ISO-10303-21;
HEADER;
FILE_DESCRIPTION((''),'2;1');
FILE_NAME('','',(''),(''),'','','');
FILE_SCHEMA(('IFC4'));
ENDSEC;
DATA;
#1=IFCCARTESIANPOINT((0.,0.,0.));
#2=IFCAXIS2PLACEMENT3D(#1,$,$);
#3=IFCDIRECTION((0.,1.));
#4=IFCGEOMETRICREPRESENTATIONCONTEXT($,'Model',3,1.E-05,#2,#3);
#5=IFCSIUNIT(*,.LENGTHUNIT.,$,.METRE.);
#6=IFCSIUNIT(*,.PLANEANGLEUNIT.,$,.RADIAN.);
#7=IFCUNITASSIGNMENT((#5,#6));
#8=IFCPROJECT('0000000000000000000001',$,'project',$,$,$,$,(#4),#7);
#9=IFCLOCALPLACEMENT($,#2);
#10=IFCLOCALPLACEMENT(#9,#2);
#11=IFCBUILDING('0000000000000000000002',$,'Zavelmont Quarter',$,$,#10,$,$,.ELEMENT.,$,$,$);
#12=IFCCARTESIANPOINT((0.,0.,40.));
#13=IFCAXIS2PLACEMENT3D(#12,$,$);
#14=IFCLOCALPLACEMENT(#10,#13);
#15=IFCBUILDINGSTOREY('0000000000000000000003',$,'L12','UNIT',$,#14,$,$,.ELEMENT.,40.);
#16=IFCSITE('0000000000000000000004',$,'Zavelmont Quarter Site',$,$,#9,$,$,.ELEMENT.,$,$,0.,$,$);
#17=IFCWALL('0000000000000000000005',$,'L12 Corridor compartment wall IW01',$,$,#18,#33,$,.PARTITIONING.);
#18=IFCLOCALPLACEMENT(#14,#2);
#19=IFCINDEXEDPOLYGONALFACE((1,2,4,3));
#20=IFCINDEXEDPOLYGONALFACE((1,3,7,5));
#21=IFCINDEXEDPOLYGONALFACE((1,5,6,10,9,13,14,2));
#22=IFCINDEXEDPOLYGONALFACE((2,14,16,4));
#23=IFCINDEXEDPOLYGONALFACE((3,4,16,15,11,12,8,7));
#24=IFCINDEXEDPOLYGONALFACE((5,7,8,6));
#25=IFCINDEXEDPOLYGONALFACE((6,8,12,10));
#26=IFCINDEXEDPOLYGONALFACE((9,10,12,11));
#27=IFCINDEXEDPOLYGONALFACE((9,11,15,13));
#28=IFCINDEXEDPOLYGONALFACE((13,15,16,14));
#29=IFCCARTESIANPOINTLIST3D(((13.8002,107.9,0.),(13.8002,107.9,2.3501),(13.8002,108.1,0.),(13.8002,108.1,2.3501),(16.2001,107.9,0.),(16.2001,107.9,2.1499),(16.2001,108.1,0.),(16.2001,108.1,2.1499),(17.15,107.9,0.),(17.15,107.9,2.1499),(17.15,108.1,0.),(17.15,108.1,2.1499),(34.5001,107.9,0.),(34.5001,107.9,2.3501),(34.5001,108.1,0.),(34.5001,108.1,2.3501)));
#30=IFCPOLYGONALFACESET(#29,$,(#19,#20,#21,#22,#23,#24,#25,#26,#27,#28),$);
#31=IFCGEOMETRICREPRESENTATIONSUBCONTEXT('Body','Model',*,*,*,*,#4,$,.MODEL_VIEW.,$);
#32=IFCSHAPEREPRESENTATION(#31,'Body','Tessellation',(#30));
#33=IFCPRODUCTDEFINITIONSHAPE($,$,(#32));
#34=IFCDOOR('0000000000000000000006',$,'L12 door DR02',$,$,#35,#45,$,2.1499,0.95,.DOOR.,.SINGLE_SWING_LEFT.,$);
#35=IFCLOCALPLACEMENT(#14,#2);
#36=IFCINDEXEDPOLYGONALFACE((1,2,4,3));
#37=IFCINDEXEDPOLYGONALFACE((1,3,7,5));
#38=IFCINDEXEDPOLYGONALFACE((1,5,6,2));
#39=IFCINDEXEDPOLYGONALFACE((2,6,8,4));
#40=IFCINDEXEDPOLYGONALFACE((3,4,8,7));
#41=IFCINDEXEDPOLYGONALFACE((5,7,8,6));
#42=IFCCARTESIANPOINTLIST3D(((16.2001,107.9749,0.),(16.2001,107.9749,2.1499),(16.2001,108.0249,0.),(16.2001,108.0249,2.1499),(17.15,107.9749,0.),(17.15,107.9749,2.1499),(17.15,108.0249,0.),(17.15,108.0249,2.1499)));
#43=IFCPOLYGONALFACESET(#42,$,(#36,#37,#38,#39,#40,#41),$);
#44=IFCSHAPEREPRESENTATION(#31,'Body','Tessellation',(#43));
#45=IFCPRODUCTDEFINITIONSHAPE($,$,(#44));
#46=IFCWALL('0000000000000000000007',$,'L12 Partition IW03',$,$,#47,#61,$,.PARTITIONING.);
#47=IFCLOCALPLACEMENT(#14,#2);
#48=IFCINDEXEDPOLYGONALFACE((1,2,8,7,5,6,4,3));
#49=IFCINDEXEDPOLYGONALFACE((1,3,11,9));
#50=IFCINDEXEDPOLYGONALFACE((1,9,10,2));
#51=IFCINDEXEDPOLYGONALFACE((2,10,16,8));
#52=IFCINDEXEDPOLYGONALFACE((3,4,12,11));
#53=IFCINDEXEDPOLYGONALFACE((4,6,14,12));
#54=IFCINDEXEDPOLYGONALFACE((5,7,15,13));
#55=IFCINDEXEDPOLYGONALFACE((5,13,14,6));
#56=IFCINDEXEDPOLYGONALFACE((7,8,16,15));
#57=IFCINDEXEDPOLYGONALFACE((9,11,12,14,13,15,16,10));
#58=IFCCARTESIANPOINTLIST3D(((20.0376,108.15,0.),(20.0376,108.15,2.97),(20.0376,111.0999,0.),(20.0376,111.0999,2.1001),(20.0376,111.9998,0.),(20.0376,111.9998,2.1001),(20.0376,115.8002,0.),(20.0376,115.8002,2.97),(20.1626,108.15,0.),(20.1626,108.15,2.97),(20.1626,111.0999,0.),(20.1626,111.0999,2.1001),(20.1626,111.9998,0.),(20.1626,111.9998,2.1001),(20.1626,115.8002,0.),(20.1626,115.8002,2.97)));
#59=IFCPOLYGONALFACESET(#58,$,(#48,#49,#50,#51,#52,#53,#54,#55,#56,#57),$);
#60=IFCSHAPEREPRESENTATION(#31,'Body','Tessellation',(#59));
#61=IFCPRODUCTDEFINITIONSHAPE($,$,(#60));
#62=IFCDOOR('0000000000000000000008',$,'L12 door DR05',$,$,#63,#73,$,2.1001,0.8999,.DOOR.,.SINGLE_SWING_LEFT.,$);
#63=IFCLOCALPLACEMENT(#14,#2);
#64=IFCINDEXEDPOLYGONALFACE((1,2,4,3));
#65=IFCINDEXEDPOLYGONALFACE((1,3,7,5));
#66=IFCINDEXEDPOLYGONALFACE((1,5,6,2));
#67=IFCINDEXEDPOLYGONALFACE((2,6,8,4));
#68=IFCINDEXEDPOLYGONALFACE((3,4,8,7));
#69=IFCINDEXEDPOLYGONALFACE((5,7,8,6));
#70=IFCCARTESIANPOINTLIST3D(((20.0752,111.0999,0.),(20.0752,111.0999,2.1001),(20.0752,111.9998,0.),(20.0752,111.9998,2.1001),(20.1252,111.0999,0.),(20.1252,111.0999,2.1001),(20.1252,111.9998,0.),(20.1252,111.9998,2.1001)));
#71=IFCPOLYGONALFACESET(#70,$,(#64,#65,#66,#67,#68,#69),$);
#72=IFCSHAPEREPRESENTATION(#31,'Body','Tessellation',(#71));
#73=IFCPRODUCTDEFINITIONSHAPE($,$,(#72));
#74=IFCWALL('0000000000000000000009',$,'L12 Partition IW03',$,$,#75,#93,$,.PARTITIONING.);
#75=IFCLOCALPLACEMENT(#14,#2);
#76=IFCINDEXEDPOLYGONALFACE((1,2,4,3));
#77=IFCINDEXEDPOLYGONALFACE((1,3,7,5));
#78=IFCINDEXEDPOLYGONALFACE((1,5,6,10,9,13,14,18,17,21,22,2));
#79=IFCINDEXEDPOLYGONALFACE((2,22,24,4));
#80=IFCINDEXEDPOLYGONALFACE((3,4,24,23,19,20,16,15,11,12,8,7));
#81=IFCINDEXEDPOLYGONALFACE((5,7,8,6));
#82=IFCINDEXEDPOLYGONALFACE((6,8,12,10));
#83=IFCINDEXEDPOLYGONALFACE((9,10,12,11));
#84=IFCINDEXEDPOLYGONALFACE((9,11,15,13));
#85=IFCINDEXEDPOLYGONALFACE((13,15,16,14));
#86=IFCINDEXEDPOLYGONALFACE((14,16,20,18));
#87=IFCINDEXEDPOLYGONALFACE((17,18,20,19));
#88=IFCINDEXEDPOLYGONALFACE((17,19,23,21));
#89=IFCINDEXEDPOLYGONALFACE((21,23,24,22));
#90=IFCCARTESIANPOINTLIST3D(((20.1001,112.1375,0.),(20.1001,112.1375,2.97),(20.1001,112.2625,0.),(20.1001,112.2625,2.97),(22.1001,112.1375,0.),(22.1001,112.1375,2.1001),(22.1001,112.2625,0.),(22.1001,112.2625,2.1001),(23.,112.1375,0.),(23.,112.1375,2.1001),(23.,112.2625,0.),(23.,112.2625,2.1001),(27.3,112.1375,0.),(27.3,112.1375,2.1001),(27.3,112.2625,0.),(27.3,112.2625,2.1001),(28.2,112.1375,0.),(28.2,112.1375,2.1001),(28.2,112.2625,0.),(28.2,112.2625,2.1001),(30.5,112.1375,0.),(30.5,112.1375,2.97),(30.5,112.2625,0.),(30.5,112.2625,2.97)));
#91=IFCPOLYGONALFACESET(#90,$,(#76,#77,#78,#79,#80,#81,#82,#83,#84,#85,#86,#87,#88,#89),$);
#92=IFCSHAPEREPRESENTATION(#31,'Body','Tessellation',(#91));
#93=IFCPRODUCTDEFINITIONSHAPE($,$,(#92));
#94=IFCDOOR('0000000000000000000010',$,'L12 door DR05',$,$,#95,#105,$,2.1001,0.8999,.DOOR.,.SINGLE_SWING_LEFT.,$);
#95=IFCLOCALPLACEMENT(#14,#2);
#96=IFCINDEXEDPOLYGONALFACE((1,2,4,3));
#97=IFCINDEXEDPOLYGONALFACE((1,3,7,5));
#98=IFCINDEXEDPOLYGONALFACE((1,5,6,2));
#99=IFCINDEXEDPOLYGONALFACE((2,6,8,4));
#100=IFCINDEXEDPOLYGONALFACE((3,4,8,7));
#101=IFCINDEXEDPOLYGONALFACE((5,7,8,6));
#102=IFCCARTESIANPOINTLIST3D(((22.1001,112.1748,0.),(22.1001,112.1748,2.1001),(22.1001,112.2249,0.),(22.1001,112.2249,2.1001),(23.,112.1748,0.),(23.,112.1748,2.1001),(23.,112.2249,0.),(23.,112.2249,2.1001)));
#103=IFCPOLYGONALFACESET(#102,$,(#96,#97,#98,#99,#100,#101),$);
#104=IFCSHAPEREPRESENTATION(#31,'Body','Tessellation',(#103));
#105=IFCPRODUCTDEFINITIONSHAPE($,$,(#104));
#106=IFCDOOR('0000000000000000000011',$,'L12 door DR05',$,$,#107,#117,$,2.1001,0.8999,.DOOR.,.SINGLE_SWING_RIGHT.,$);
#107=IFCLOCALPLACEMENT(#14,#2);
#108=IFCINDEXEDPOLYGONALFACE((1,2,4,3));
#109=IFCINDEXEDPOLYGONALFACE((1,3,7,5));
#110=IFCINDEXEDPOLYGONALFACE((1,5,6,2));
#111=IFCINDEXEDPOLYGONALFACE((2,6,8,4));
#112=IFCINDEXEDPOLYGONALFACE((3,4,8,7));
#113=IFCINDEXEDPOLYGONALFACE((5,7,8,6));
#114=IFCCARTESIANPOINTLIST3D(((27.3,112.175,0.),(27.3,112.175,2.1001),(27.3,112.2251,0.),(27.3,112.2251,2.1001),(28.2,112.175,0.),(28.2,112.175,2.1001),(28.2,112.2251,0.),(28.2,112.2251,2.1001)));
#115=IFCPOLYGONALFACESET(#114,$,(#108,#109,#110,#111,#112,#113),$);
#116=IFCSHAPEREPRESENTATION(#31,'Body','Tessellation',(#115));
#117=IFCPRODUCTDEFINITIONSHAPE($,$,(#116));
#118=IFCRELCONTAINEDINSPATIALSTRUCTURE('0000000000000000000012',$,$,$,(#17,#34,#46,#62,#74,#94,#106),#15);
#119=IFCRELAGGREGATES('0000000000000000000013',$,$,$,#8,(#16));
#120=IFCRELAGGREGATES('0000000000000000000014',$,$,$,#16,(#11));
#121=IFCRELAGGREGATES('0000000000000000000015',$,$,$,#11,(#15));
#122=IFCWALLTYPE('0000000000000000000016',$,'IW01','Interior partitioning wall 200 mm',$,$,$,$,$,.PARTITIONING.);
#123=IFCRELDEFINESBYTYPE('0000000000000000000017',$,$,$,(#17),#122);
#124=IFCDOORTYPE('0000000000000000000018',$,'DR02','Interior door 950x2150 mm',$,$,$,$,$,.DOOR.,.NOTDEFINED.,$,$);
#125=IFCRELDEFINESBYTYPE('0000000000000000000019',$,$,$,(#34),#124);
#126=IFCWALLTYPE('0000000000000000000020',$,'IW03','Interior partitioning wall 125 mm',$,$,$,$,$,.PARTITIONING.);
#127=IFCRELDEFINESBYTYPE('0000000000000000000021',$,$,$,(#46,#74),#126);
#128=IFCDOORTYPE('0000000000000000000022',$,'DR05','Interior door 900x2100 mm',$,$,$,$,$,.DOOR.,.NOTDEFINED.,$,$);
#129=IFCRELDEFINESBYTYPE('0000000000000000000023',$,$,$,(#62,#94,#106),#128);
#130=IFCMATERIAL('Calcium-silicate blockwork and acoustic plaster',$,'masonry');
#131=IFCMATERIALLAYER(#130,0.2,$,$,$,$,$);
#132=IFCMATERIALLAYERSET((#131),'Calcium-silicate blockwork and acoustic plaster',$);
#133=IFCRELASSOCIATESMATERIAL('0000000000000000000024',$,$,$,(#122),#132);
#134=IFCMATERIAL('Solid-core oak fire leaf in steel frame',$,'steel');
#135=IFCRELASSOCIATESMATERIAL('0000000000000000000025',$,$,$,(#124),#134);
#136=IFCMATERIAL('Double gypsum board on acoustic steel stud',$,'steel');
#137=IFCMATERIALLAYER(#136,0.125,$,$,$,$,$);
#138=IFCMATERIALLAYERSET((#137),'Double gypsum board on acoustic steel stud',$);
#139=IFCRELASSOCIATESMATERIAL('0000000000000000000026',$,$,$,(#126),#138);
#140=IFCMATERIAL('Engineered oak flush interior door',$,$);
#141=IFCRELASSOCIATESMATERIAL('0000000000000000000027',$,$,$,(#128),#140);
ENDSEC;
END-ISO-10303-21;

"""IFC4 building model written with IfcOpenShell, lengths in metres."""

from ifc_helpers import new_model, si_unit, direction, frame, frame_2d, origin, origin_with_axes, place, context, subcontext, project, spatial, rectangle, extrude, material, layer, layer_set, type_object, element, fill, save


model = new_model("IFC4")

# Units and contexts
model_context = context("Model", 3, precision=1e-05, world=origin(), true_north=direction((0.0, 1.0)))
body_context = subcontext(model_context, "Body", "Model", "MODEL_VIEW")
ifc_project = project(units=[si_unit("LENGTHUNIT", "METRE"), si_unit("PLANEANGLEUNIT", "RADIAN")], contexts=[model_context])

# Site, building, storey
site_placement = place(None, origin())
site = spatial("IfcSite", under=ifc_project, at=site_placement, Name="Zavelmont Quarter Site", CompositionType="ELEMENT", RefElevation=0.0)
building_placement = place(site_placement, origin())
building = spatial("IfcBuilding", under=site, at=building_placement, Name="Zavelmont Quarter", CompositionType="ELEMENT")
storey_placement = place(building_placement, frame((0.0, 0.0, 40.0)))
storey = spatial("IfcBuildingStorey", under=building, at=storey_placement, Name="L12", Description="UNIT", CompositionType="ELEMENT", Elevation=40.0)

# Shared definitions
ifc_material_1 = material(Name="Calcium-silicate blockwork and acoustic plaster", Category="masonry")
ifc_layer_1 = layer(ifc_material_1, 0.2)
ifc_layer_set_1 = layer_set([ifc_layer_1], Name="Calcium-silicate blockwork and acoustic plaster")
wall_type_1 = type_object("IfcWallType", Name="IW01", Description="Interior partitioning wall 200 mm", PredefinedType="PARTITIONING", material=ifc_layer_set_1)

# Walls, openings, doors
wall_1_placement = place(storey_placement, frame((13.8, 108.0, 0.0), z_axis=(0.0, 0.0, 1.0), x_axis=(1.0, 0.0, 0.0)))
wall_1 = element("IfcWall", 1, at=wall_1_placement, inside=storey, type_object=wall_type_1, Name="L12 Corridor compartment wall IW01", PredefinedType="PARTITIONING", context=body_context, shape_type="SweptSolid", body=[
    extrude(rectangle(XDim=20.7, YDim=0.2, at=frame_2d((10.3501, 0.0))), origin(), (0.0, 0.0, 1.0), 2.3501),
])
opening_1_placement = place(wall_1_placement, frame((2.3999, 0.0, 0.0)))
opening_1 = element("IfcOpeningElement", 2, at=opening_1_placement, cuts=wall_1, PredefinedType="OPENING", context=body_context, shape_type="SweptSolid", body=[
    extrude(rectangle(XDim=0.95, YDim=2.1499, at=frame_2d((0.4751, 1.075))), frame((0.0, 0.1118, 0.0), z_axis=(0.0, -1.0, 0.0), x_axis=(1.0, 0.0, 0.0)), (0.0, 0.0, 1.0), 0.2239),
])
ifc_material_2 = material(Name="Solid-core oak fire leaf in steel frame", Category="steel")
door_type_1 = type_object("IfcDoorType", Name="DR02", Description="Interior door 950x2150 mm", OperationType="NOTDEFINED", PredefinedType="DOOR", material=ifc_material_2)
door_1_placement = place(opening_1_placement, origin_with_axes())
door_1 = element("IfcDoor", 3, at=door_1_placement, inside=storey, type_object=door_type_1, Name="L12 door DR02", OperationType="SINGLE_SWING_LEFT", OverallHeight=2.1499, OverallWidth=0.95, PredefinedType="DOOR", context=body_context, shape_type="SweptSolid", body=[
    extrude(rectangle(XDim=0.95, YDim=2.1499, at=frame_2d((0.4751, 1.075))), frame((0.0, 0.0249, 0.0), z_axis=(0.0, -1.0, 0.0), x_axis=(1.0, 0.0, 0.0)), (0.0, 0.0, 1.0), 0.05),
])
fill(opening_1, door_1)
ifc_material_3 = material(Name="Double gypsum board on acoustic steel stud", Category="steel")
ifc_layer_2 = layer(ifc_material_3, 0.125)
ifc_layer_set_2 = layer_set([ifc_layer_2], Name="Double gypsum board on acoustic steel stud")
wall_type_2 = type_object("IfcWallType", Name="IW03", Description="Interior partitioning wall 125 mm", PredefinedType="PARTITIONING", material=ifc_layer_set_2)
wall_2_placement = place(storey_placement, frame((20.1001, 108.1499, 0.0), z_axis=(0.0, 0.0, 1.0), x_axis=(0.0, 1.0, 0.0)))
wall_2 = element("IfcWall", 4, at=wall_2_placement, inside=storey, type_object=wall_type_2, Name="L12 Partition IW03", PredefinedType="PARTITIONING", context=body_context, shape_type="SweptSolid", body=[
    extrude(rectangle(XDim=7.6501, YDim=0.125, at=frame_2d((3.8252, 0.0))), origin(), (0.0, 0.0, 1.0), 2.97),
])
opening_2_placement = place(wall_2_placement, frame((2.95, 0.0, 0.0)))
opening_2 = element("IfcOpeningElement", 5, at=opening_2_placement, cuts=wall_2, PredefinedType="OPENING", context=body_context, shape_type="SweptSolid", body=[
    extrude(rectangle(XDim=0.8999, YDim=2.1001, at=frame_2d((0.45, 1.05))), frame((0.0, 0.0745, 0.0), z_axis=(0.0, -1.0, 0.0), x_axis=(1.0, 0.0, 0.0)), (0.0, 0.0, 1.0), 0.1489),
])
ifc_material_4 = material(Name="Engineered oak flush interior door")
door_type_2 = type_object("IfcDoorType", Name="DR05", Description="Interior door 900x2100 mm", OperationType="NOTDEFINED", PredefinedType="DOOR", material=ifc_material_4)
door_2_placement = place(opening_2_placement, origin_with_axes())
door_2 = element("IfcDoor", 6, at=door_2_placement, inside=storey, type_object=door_type_2, Name="L12 door DR05", OperationType="SINGLE_SWING_LEFT", OverallHeight=2.1001, OverallWidth=0.8999, PredefinedType="DOOR", context=body_context, shape_type="SweptSolid", body=[
    extrude(rectangle(XDim=0.8999, YDim=2.1001, at=frame_2d((0.45, 1.05))), frame((0.0, 0.0249, 0.0), z_axis=(0.0, -1.0, 0.0), x_axis=(1.0, 0.0, 0.0)), (0.0, 0.0, 1.0), 0.05),
])
fill(opening_2, door_2)

# Wall, openings, doors
wall_3_placement = place(storey_placement, frame((20.1001, 112.2, 0.0), z_axis=(0.0, 0.0, 1.0), x_axis=(1.0, 0.0, 0.0)))
wall_3 = element("IfcWall", 7, at=wall_3_placement, inside=storey, type_object=wall_type_2, Name="L12 Partition IW03", PredefinedType="PARTITIONING", context=body_context, shape_type="SweptSolid", body=[
    extrude(rectangle(XDim=10.3999, YDim=0.125, at=frame_2d((5.2, 0.0))), origin(), (0.0, 0.0, 1.0), 2.97),
])
opening_3_placement = place(wall_3_placement, frame((2.0, 0.0, 0.0)))
opening_3 = element("IfcOpeningElement", 8, at=opening_3_placement, cuts=wall_3, PredefinedType="OPENING", context=body_context, shape_type="SweptSolid", body=[
    extrude(rectangle(XDim=0.8999, YDim=2.1001, at=frame_2d((0.45, 1.05))), frame((0.0, 0.0745, 0.0), z_axis=(0.0, -1.0, 0.0), x_axis=(1.0, 0.0, 0.0)), (0.0, 0.0, 1.0), 0.1489),
])
opening_4_placement = place(wall_3_placement, frame((7.2, 0.0, 0.0)))
opening_4 = element("IfcOpeningElement", 9, at=opening_4_placement, cuts=wall_3, PredefinedType="OPENING", context=body_context, shape_type="SweptSolid", body=[
    extrude(rectangle(XDim=0.8999, YDim=2.1001, at=frame_2d((0.45, 1.05))), frame((0.0, 0.0745, 0.0), z_axis=(0.0, -1.0, 0.0), x_axis=(1.0, 0.0, 0.0)), (0.0, 0.0, 1.0), 0.1489),
])
door_3_placement = place(opening_3_placement, origin_with_axes())
door_3 = element("IfcDoor", 10, at=door_3_placement, inside=storey, type_object=door_type_2, Name="L12 door DR05", OperationType="SINGLE_SWING_LEFT", OverallHeight=2.1001, OverallWidth=0.8999, PredefinedType="DOOR", context=body_context, shape_type="SweptSolid", body=[
    extrude(rectangle(XDim=0.8999, YDim=2.1001, at=frame_2d((0.45, 1.05))), frame((0.0, 0.0249, 0.0), z_axis=(0.0, -1.0, 0.0), x_axis=(1.0, 0.0, 0.0)), (0.0, 0.0, 1.0), 0.05),
])
fill(opening_3, door_3)
door_4_placement = place(opening_4_placement, frame((0.8999, 0.0, 0.0), z_axis=(0.0, 0.0, 1.0), x_axis=(-1.0, 0.0, 0.0)))
door_4 = element("IfcDoor", 11, at=door_4_placement, inside=storey, type_object=door_type_2, Name="L12 door DR05", OperationType="SINGLE_SWING_RIGHT", OverallHeight=2.1001, OverallWidth=0.8999, PredefinedType="DOOR", context=body_context, shape_type="SweptSolid", body=[
    extrude(rectangle(XDim=0.8999, YDim=2.1001, at=frame_2d((0.45, 1.05))), frame((0.0, 0.0249, 0.0), z_axis=(0.0, -1.0, 0.0), x_axis=(1.0, 0.0, 0.0)), (0.0, 0.0, 1.0), 0.05),
])
fill(opening_4, door_4)

save(model, "model.ifc")
